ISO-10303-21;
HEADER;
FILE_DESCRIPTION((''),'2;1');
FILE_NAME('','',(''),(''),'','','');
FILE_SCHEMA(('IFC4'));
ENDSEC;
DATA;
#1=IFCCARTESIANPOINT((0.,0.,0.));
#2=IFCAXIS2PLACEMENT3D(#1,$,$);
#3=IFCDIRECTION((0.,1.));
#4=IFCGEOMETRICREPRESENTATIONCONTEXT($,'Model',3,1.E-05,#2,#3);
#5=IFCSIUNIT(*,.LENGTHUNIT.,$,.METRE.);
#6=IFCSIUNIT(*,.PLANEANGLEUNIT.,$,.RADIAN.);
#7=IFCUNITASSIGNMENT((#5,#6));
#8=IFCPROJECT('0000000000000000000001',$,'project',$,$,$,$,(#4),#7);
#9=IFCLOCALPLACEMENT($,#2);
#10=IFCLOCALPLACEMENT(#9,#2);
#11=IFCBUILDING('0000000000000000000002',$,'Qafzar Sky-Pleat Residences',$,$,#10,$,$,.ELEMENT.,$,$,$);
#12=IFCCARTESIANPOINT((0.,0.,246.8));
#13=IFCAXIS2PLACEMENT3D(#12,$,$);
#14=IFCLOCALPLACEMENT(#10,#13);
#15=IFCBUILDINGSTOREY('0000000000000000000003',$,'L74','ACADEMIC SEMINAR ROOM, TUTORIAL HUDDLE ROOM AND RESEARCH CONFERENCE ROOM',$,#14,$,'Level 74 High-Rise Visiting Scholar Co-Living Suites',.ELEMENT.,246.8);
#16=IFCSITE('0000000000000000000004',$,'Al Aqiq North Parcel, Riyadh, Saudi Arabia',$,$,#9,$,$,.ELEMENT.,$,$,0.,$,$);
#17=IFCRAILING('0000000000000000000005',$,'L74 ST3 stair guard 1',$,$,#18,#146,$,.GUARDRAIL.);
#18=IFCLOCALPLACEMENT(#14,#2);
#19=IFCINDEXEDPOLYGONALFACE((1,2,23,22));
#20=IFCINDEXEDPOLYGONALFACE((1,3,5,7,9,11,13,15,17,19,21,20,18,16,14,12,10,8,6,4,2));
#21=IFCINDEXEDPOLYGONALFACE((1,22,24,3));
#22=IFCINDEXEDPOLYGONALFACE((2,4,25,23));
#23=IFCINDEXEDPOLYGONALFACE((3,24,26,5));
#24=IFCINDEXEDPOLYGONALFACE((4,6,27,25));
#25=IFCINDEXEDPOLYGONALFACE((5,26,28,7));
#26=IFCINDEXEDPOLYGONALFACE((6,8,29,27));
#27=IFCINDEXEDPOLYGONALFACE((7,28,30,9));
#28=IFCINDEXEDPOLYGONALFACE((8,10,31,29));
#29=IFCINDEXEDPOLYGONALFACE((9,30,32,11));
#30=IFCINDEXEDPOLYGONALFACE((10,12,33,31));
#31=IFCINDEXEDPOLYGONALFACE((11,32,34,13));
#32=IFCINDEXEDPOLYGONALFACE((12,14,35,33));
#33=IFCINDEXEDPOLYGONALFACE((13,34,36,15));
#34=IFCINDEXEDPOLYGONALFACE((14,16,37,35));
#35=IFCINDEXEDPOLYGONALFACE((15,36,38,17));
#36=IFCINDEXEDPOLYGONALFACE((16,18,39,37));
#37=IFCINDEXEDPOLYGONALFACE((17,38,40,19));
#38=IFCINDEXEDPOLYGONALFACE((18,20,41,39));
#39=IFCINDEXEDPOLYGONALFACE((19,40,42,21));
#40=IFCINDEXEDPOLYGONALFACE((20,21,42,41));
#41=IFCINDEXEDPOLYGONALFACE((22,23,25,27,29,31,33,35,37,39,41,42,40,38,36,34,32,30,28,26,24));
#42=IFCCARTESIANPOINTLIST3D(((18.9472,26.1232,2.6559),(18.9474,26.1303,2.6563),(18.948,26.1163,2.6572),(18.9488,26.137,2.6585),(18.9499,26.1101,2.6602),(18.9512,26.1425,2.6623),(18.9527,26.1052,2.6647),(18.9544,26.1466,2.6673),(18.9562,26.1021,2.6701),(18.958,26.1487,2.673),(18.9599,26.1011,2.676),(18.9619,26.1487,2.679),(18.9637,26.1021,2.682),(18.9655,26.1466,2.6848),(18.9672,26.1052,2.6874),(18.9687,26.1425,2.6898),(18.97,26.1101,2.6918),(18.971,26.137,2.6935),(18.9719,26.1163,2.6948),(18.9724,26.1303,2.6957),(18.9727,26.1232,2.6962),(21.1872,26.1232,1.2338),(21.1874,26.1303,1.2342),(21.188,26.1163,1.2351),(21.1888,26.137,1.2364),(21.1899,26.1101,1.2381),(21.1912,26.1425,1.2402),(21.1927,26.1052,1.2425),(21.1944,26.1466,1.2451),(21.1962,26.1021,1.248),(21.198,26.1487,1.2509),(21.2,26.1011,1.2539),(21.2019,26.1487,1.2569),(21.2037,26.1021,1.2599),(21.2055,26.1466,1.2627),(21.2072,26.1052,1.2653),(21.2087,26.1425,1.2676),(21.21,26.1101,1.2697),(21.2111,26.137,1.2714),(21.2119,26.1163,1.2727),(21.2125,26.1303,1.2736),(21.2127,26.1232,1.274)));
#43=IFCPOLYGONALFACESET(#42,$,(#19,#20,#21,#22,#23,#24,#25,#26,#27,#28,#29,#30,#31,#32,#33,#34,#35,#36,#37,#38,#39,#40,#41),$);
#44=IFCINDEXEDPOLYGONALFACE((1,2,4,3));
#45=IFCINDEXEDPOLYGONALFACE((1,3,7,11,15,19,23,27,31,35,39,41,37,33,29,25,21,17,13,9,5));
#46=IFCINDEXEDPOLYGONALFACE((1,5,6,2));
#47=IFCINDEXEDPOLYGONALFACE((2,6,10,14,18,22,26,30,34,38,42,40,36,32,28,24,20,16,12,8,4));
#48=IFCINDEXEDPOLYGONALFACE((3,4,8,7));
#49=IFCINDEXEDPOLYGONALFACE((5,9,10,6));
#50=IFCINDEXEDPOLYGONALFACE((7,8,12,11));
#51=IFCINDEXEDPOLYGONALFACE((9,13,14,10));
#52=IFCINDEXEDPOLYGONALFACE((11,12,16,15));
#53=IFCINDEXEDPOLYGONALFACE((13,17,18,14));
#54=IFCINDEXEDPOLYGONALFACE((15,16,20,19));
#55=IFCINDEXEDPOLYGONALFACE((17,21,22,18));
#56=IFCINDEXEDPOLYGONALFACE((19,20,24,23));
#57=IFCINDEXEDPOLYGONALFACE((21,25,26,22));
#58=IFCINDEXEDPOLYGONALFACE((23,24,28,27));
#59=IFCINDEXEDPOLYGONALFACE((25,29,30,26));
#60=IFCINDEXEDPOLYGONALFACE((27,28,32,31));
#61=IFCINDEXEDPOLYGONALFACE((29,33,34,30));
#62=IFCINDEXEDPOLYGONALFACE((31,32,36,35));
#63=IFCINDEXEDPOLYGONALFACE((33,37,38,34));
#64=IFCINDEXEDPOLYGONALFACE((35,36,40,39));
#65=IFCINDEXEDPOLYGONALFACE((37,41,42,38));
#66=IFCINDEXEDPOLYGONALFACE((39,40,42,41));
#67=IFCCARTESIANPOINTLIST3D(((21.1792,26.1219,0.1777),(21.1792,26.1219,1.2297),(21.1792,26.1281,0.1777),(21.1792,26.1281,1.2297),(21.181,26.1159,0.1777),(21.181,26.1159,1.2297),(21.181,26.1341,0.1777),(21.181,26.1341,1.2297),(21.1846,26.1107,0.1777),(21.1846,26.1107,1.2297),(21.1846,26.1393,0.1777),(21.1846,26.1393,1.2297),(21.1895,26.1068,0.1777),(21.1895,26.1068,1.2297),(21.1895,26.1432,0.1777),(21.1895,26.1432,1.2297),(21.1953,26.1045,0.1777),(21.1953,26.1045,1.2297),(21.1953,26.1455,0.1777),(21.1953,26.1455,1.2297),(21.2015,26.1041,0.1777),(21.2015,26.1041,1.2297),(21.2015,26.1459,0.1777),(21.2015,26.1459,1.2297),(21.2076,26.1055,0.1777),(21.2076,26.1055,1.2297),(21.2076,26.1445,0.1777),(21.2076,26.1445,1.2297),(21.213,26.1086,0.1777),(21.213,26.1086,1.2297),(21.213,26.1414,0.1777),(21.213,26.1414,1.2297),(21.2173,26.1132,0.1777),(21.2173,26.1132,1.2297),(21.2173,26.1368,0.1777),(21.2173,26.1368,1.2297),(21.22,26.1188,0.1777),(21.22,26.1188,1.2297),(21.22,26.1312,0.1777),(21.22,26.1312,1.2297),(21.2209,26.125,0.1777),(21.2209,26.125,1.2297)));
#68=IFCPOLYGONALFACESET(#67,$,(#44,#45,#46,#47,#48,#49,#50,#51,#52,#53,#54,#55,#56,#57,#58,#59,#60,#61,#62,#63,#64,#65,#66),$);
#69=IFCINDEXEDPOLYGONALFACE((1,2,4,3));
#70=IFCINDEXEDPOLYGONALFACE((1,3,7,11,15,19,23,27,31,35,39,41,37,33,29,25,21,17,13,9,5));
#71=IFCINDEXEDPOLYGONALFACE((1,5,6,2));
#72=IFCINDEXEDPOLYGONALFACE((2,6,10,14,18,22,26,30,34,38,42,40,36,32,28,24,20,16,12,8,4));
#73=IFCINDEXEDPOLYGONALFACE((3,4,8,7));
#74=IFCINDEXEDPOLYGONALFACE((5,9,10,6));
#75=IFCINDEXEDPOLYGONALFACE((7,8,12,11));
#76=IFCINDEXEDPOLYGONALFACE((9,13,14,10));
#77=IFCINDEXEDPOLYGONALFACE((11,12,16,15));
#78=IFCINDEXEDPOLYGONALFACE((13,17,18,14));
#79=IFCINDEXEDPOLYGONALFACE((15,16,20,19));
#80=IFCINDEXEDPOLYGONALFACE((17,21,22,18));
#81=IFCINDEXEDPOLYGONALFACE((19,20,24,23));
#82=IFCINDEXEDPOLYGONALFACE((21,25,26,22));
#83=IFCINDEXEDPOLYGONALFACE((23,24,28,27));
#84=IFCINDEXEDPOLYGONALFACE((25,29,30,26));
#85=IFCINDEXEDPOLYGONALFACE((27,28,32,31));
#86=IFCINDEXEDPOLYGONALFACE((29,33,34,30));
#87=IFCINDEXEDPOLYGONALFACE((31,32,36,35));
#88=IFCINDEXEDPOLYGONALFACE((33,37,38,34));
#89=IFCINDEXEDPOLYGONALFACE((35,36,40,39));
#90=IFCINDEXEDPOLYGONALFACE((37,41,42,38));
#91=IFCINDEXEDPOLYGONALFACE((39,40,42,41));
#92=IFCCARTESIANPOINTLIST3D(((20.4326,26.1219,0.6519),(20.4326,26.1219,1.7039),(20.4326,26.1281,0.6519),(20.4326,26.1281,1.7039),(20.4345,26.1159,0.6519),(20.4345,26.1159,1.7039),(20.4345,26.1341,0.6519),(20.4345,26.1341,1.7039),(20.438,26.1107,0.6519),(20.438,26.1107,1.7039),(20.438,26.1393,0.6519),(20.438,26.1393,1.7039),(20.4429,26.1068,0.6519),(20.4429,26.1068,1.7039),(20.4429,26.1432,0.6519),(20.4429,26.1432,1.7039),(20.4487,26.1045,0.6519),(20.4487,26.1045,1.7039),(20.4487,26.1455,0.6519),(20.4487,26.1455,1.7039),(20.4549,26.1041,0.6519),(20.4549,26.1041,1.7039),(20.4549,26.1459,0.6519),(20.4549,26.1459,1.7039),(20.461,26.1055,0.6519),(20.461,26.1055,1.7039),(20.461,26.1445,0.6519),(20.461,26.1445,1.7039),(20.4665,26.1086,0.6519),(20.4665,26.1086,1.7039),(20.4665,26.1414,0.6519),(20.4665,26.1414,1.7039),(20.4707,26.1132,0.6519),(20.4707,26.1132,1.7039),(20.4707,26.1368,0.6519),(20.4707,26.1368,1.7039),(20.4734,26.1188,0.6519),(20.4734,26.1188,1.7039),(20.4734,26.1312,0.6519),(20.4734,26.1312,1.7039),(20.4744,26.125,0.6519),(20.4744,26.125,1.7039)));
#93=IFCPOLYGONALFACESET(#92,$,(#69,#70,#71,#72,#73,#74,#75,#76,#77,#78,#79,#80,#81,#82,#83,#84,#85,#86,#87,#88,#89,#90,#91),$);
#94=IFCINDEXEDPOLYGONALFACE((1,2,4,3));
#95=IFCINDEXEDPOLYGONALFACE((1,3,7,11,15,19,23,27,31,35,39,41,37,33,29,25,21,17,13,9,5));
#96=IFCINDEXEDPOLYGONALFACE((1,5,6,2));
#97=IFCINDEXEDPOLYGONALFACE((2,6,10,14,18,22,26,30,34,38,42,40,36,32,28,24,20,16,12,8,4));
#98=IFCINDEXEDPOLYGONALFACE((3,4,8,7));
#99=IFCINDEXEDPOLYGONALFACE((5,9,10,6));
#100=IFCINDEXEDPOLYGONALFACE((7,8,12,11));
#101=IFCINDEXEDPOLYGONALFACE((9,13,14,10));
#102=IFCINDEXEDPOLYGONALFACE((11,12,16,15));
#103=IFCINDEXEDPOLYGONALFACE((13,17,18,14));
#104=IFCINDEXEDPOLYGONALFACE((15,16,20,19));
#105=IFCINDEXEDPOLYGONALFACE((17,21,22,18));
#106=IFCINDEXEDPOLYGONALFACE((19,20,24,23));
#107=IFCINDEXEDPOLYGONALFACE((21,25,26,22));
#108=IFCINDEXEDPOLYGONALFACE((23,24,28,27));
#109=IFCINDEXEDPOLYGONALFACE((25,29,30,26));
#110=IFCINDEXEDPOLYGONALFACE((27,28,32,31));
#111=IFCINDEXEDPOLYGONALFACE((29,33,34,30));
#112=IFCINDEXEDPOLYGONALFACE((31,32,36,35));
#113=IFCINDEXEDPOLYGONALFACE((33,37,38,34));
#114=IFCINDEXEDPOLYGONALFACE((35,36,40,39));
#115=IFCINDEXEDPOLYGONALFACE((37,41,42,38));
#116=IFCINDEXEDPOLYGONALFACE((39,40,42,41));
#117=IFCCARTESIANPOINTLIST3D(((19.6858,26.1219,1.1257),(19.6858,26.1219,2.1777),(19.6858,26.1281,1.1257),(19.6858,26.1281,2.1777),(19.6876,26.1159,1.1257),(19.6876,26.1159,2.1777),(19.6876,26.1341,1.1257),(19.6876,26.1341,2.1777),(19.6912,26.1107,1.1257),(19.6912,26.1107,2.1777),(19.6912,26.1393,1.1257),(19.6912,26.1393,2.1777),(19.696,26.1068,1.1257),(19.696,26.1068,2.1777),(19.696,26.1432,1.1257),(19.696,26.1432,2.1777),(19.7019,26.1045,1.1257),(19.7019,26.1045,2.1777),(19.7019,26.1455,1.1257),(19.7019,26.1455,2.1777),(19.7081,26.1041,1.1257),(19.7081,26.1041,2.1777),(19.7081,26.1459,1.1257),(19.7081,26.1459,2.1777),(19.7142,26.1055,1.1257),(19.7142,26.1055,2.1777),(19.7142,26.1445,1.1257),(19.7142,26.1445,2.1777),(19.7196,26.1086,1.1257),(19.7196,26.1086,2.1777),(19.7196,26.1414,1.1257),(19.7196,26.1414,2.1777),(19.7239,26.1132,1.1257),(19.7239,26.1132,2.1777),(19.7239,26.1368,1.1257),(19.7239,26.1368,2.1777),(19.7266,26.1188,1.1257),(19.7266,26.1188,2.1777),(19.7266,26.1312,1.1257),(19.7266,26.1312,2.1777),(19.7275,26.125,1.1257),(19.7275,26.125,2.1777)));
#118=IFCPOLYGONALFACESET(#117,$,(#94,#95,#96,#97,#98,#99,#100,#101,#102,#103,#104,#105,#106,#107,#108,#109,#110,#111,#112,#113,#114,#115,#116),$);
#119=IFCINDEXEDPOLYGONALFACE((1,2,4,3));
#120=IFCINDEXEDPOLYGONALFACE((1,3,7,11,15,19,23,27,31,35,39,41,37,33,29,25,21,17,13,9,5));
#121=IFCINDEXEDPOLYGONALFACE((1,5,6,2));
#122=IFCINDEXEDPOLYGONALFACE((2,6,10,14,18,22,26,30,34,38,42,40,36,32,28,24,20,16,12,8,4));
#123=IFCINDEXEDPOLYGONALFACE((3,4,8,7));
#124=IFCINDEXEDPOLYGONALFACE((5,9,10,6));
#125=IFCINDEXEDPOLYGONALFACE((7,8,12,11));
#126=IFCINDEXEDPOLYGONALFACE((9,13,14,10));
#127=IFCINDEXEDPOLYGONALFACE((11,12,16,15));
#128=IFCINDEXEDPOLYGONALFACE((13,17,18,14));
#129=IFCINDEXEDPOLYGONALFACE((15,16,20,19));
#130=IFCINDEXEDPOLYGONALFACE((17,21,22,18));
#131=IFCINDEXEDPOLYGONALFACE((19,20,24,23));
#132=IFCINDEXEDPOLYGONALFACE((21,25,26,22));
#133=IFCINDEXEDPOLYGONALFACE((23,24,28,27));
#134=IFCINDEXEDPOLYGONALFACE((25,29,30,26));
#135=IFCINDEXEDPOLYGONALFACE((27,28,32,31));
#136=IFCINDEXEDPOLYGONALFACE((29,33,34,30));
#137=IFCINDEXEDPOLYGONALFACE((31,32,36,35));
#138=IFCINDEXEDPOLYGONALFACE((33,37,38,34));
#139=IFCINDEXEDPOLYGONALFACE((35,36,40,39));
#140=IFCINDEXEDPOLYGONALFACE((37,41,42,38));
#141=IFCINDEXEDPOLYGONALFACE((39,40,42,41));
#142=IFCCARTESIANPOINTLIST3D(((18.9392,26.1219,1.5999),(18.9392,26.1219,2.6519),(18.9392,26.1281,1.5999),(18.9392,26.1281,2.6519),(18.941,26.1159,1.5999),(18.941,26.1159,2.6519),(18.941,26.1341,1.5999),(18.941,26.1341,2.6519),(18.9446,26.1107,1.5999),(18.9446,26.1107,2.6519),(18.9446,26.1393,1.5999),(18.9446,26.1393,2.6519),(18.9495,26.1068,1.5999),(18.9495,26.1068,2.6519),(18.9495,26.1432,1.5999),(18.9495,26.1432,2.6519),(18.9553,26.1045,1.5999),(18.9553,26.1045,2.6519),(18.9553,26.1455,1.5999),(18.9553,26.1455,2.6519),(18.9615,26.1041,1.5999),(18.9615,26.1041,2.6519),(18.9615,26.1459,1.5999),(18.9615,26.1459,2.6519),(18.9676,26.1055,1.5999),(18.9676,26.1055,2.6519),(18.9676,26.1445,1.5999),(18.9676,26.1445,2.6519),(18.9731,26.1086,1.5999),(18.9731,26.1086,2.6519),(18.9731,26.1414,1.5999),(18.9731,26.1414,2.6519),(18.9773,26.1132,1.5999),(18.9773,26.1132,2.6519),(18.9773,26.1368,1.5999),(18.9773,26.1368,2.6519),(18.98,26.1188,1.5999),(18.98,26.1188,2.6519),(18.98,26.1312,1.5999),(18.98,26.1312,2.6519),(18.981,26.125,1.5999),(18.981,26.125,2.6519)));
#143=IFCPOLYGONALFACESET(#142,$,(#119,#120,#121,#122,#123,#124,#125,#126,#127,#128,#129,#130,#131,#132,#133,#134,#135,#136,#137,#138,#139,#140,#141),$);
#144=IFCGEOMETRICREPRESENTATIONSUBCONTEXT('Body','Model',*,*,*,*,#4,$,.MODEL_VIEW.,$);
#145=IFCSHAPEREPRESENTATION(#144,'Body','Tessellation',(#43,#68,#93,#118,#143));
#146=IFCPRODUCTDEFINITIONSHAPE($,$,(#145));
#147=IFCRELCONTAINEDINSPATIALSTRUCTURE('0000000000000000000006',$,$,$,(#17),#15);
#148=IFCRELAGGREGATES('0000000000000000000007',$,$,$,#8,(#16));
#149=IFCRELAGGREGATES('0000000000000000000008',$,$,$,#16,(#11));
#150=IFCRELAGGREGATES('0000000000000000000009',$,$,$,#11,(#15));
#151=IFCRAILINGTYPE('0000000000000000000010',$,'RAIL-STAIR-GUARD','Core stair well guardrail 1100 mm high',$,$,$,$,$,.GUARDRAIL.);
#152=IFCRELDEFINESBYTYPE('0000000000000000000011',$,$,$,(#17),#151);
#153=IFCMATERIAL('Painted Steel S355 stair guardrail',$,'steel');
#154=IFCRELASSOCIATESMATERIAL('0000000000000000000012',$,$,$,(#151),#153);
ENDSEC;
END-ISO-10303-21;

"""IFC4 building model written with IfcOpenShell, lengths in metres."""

from ifc_helpers import new_model, si_unit, direction, frame, origin, origin_2d, place, context, subcontext, project, spatial, circle, extrude, source, transform, mapped, material, type_object, element, save


model = new_model("IFC4")

# Units and contexts
model_context = context("Model", 3, precision=1e-05, world=origin(), true_north=direction((0.0, 1.0)))
body_context = subcontext(model_context, "Body", "Model", "MODEL_VIEW")
ifc_project = project(units=[si_unit("LENGTHUNIT", "METRE"), si_unit("PLANEANGLEUNIT", "RADIAN")], contexts=[model_context])

# Site, building, storey
site_placement = place(None, origin())
site = spatial("IfcSite", under=ifc_project, at=site_placement, Name="Al Aqiq North Parcel, Riyadh, Saudi Arabia", CompositionType="ELEMENT", RefElevation=0.0)
building_placement = place(site_placement, origin())
building = spatial("IfcBuilding", under=site, at=building_placement, Name="Qafzar Sky-Pleat Residences", CompositionType="ELEMENT")
storey_placement = place(building_placement, frame((0.0, 0.0, 246.8)))
storey = spatial("IfcBuildingStorey", under=building, at=storey_placement, Name="L74", Description="ACADEMIC SEMINAR ROOM, TUTORIAL HUDDLE ROOM AND RESEARCH CONFERENCE ROOM", LongName="Level 74 High-Rise Visiting Scholar Co-Living Suites", CompositionType="ELEMENT", Elevation=246.8)

# Railing
ifc_material_1 = material(Name="Painted Steel S355 stair guardrail", Category="steel")
railing_type_1 = type_object("IfcRailingType", Name="RAIL-STAIR-GUARD", Description="Core stair well guardrail 1100 mm high", PredefinedType="GUARDRAIL", material=ifc_material_1)
shared_shape_1 = source(origin(), body_context, "Body", "SweptSolid", [
    extrude(circle(Radius=0.0239, at=origin_2d()), frame((0.0, 0.0, 1.0762), z_axis=(-0.844229, 0.0, 0.535982), x_axis=(0.0, -1.0, 0.0)), (0.0, 0.0, 1.0), 2.6533),
    extrude(circle(Radius=0.021, at=origin_2d()), origin(), (0.0, 0.0, 1.0), 1.052),
    extrude(circle(Radius=0.021, at=origin_2d()), frame((-0.7466, 0.0, 0.4741)), (0.0, 0.0, 1.0), 1.052),
    extrude(circle(Radius=0.021, at=origin_2d()), frame((-1.4934, 0.0, 0.948)), (0.0, 0.0, 1.0), 1.052),
    extrude(circle(Radius=0.021, at=origin_2d()), frame((-2.24, 0.0, 1.4221)), (0.0, 0.0, 1.0), 1.052),
])
railing_1_placement = place(storey_placement, frame((21.2, 26.125, 0.1777)))
element("IfcRailing", 1, at=railing_1_placement, inside=storey, type_object=railing_type_1, Name="L74 ST3 stair guard 1", PredefinedType="GUARDRAIL", context=body_context, shape_type="MappedRepresentation", body=[
    mapped(shared_shape_1, transform((0.0, 0.0, 0.0), x_axis=(1.0, 0.0, 0.0), y_axis=(0.0, 1.0, 0.0), z_axis=(0.0, 0.0, 1.0), scale=1.0)),
])

save(model, "model.ifc")
